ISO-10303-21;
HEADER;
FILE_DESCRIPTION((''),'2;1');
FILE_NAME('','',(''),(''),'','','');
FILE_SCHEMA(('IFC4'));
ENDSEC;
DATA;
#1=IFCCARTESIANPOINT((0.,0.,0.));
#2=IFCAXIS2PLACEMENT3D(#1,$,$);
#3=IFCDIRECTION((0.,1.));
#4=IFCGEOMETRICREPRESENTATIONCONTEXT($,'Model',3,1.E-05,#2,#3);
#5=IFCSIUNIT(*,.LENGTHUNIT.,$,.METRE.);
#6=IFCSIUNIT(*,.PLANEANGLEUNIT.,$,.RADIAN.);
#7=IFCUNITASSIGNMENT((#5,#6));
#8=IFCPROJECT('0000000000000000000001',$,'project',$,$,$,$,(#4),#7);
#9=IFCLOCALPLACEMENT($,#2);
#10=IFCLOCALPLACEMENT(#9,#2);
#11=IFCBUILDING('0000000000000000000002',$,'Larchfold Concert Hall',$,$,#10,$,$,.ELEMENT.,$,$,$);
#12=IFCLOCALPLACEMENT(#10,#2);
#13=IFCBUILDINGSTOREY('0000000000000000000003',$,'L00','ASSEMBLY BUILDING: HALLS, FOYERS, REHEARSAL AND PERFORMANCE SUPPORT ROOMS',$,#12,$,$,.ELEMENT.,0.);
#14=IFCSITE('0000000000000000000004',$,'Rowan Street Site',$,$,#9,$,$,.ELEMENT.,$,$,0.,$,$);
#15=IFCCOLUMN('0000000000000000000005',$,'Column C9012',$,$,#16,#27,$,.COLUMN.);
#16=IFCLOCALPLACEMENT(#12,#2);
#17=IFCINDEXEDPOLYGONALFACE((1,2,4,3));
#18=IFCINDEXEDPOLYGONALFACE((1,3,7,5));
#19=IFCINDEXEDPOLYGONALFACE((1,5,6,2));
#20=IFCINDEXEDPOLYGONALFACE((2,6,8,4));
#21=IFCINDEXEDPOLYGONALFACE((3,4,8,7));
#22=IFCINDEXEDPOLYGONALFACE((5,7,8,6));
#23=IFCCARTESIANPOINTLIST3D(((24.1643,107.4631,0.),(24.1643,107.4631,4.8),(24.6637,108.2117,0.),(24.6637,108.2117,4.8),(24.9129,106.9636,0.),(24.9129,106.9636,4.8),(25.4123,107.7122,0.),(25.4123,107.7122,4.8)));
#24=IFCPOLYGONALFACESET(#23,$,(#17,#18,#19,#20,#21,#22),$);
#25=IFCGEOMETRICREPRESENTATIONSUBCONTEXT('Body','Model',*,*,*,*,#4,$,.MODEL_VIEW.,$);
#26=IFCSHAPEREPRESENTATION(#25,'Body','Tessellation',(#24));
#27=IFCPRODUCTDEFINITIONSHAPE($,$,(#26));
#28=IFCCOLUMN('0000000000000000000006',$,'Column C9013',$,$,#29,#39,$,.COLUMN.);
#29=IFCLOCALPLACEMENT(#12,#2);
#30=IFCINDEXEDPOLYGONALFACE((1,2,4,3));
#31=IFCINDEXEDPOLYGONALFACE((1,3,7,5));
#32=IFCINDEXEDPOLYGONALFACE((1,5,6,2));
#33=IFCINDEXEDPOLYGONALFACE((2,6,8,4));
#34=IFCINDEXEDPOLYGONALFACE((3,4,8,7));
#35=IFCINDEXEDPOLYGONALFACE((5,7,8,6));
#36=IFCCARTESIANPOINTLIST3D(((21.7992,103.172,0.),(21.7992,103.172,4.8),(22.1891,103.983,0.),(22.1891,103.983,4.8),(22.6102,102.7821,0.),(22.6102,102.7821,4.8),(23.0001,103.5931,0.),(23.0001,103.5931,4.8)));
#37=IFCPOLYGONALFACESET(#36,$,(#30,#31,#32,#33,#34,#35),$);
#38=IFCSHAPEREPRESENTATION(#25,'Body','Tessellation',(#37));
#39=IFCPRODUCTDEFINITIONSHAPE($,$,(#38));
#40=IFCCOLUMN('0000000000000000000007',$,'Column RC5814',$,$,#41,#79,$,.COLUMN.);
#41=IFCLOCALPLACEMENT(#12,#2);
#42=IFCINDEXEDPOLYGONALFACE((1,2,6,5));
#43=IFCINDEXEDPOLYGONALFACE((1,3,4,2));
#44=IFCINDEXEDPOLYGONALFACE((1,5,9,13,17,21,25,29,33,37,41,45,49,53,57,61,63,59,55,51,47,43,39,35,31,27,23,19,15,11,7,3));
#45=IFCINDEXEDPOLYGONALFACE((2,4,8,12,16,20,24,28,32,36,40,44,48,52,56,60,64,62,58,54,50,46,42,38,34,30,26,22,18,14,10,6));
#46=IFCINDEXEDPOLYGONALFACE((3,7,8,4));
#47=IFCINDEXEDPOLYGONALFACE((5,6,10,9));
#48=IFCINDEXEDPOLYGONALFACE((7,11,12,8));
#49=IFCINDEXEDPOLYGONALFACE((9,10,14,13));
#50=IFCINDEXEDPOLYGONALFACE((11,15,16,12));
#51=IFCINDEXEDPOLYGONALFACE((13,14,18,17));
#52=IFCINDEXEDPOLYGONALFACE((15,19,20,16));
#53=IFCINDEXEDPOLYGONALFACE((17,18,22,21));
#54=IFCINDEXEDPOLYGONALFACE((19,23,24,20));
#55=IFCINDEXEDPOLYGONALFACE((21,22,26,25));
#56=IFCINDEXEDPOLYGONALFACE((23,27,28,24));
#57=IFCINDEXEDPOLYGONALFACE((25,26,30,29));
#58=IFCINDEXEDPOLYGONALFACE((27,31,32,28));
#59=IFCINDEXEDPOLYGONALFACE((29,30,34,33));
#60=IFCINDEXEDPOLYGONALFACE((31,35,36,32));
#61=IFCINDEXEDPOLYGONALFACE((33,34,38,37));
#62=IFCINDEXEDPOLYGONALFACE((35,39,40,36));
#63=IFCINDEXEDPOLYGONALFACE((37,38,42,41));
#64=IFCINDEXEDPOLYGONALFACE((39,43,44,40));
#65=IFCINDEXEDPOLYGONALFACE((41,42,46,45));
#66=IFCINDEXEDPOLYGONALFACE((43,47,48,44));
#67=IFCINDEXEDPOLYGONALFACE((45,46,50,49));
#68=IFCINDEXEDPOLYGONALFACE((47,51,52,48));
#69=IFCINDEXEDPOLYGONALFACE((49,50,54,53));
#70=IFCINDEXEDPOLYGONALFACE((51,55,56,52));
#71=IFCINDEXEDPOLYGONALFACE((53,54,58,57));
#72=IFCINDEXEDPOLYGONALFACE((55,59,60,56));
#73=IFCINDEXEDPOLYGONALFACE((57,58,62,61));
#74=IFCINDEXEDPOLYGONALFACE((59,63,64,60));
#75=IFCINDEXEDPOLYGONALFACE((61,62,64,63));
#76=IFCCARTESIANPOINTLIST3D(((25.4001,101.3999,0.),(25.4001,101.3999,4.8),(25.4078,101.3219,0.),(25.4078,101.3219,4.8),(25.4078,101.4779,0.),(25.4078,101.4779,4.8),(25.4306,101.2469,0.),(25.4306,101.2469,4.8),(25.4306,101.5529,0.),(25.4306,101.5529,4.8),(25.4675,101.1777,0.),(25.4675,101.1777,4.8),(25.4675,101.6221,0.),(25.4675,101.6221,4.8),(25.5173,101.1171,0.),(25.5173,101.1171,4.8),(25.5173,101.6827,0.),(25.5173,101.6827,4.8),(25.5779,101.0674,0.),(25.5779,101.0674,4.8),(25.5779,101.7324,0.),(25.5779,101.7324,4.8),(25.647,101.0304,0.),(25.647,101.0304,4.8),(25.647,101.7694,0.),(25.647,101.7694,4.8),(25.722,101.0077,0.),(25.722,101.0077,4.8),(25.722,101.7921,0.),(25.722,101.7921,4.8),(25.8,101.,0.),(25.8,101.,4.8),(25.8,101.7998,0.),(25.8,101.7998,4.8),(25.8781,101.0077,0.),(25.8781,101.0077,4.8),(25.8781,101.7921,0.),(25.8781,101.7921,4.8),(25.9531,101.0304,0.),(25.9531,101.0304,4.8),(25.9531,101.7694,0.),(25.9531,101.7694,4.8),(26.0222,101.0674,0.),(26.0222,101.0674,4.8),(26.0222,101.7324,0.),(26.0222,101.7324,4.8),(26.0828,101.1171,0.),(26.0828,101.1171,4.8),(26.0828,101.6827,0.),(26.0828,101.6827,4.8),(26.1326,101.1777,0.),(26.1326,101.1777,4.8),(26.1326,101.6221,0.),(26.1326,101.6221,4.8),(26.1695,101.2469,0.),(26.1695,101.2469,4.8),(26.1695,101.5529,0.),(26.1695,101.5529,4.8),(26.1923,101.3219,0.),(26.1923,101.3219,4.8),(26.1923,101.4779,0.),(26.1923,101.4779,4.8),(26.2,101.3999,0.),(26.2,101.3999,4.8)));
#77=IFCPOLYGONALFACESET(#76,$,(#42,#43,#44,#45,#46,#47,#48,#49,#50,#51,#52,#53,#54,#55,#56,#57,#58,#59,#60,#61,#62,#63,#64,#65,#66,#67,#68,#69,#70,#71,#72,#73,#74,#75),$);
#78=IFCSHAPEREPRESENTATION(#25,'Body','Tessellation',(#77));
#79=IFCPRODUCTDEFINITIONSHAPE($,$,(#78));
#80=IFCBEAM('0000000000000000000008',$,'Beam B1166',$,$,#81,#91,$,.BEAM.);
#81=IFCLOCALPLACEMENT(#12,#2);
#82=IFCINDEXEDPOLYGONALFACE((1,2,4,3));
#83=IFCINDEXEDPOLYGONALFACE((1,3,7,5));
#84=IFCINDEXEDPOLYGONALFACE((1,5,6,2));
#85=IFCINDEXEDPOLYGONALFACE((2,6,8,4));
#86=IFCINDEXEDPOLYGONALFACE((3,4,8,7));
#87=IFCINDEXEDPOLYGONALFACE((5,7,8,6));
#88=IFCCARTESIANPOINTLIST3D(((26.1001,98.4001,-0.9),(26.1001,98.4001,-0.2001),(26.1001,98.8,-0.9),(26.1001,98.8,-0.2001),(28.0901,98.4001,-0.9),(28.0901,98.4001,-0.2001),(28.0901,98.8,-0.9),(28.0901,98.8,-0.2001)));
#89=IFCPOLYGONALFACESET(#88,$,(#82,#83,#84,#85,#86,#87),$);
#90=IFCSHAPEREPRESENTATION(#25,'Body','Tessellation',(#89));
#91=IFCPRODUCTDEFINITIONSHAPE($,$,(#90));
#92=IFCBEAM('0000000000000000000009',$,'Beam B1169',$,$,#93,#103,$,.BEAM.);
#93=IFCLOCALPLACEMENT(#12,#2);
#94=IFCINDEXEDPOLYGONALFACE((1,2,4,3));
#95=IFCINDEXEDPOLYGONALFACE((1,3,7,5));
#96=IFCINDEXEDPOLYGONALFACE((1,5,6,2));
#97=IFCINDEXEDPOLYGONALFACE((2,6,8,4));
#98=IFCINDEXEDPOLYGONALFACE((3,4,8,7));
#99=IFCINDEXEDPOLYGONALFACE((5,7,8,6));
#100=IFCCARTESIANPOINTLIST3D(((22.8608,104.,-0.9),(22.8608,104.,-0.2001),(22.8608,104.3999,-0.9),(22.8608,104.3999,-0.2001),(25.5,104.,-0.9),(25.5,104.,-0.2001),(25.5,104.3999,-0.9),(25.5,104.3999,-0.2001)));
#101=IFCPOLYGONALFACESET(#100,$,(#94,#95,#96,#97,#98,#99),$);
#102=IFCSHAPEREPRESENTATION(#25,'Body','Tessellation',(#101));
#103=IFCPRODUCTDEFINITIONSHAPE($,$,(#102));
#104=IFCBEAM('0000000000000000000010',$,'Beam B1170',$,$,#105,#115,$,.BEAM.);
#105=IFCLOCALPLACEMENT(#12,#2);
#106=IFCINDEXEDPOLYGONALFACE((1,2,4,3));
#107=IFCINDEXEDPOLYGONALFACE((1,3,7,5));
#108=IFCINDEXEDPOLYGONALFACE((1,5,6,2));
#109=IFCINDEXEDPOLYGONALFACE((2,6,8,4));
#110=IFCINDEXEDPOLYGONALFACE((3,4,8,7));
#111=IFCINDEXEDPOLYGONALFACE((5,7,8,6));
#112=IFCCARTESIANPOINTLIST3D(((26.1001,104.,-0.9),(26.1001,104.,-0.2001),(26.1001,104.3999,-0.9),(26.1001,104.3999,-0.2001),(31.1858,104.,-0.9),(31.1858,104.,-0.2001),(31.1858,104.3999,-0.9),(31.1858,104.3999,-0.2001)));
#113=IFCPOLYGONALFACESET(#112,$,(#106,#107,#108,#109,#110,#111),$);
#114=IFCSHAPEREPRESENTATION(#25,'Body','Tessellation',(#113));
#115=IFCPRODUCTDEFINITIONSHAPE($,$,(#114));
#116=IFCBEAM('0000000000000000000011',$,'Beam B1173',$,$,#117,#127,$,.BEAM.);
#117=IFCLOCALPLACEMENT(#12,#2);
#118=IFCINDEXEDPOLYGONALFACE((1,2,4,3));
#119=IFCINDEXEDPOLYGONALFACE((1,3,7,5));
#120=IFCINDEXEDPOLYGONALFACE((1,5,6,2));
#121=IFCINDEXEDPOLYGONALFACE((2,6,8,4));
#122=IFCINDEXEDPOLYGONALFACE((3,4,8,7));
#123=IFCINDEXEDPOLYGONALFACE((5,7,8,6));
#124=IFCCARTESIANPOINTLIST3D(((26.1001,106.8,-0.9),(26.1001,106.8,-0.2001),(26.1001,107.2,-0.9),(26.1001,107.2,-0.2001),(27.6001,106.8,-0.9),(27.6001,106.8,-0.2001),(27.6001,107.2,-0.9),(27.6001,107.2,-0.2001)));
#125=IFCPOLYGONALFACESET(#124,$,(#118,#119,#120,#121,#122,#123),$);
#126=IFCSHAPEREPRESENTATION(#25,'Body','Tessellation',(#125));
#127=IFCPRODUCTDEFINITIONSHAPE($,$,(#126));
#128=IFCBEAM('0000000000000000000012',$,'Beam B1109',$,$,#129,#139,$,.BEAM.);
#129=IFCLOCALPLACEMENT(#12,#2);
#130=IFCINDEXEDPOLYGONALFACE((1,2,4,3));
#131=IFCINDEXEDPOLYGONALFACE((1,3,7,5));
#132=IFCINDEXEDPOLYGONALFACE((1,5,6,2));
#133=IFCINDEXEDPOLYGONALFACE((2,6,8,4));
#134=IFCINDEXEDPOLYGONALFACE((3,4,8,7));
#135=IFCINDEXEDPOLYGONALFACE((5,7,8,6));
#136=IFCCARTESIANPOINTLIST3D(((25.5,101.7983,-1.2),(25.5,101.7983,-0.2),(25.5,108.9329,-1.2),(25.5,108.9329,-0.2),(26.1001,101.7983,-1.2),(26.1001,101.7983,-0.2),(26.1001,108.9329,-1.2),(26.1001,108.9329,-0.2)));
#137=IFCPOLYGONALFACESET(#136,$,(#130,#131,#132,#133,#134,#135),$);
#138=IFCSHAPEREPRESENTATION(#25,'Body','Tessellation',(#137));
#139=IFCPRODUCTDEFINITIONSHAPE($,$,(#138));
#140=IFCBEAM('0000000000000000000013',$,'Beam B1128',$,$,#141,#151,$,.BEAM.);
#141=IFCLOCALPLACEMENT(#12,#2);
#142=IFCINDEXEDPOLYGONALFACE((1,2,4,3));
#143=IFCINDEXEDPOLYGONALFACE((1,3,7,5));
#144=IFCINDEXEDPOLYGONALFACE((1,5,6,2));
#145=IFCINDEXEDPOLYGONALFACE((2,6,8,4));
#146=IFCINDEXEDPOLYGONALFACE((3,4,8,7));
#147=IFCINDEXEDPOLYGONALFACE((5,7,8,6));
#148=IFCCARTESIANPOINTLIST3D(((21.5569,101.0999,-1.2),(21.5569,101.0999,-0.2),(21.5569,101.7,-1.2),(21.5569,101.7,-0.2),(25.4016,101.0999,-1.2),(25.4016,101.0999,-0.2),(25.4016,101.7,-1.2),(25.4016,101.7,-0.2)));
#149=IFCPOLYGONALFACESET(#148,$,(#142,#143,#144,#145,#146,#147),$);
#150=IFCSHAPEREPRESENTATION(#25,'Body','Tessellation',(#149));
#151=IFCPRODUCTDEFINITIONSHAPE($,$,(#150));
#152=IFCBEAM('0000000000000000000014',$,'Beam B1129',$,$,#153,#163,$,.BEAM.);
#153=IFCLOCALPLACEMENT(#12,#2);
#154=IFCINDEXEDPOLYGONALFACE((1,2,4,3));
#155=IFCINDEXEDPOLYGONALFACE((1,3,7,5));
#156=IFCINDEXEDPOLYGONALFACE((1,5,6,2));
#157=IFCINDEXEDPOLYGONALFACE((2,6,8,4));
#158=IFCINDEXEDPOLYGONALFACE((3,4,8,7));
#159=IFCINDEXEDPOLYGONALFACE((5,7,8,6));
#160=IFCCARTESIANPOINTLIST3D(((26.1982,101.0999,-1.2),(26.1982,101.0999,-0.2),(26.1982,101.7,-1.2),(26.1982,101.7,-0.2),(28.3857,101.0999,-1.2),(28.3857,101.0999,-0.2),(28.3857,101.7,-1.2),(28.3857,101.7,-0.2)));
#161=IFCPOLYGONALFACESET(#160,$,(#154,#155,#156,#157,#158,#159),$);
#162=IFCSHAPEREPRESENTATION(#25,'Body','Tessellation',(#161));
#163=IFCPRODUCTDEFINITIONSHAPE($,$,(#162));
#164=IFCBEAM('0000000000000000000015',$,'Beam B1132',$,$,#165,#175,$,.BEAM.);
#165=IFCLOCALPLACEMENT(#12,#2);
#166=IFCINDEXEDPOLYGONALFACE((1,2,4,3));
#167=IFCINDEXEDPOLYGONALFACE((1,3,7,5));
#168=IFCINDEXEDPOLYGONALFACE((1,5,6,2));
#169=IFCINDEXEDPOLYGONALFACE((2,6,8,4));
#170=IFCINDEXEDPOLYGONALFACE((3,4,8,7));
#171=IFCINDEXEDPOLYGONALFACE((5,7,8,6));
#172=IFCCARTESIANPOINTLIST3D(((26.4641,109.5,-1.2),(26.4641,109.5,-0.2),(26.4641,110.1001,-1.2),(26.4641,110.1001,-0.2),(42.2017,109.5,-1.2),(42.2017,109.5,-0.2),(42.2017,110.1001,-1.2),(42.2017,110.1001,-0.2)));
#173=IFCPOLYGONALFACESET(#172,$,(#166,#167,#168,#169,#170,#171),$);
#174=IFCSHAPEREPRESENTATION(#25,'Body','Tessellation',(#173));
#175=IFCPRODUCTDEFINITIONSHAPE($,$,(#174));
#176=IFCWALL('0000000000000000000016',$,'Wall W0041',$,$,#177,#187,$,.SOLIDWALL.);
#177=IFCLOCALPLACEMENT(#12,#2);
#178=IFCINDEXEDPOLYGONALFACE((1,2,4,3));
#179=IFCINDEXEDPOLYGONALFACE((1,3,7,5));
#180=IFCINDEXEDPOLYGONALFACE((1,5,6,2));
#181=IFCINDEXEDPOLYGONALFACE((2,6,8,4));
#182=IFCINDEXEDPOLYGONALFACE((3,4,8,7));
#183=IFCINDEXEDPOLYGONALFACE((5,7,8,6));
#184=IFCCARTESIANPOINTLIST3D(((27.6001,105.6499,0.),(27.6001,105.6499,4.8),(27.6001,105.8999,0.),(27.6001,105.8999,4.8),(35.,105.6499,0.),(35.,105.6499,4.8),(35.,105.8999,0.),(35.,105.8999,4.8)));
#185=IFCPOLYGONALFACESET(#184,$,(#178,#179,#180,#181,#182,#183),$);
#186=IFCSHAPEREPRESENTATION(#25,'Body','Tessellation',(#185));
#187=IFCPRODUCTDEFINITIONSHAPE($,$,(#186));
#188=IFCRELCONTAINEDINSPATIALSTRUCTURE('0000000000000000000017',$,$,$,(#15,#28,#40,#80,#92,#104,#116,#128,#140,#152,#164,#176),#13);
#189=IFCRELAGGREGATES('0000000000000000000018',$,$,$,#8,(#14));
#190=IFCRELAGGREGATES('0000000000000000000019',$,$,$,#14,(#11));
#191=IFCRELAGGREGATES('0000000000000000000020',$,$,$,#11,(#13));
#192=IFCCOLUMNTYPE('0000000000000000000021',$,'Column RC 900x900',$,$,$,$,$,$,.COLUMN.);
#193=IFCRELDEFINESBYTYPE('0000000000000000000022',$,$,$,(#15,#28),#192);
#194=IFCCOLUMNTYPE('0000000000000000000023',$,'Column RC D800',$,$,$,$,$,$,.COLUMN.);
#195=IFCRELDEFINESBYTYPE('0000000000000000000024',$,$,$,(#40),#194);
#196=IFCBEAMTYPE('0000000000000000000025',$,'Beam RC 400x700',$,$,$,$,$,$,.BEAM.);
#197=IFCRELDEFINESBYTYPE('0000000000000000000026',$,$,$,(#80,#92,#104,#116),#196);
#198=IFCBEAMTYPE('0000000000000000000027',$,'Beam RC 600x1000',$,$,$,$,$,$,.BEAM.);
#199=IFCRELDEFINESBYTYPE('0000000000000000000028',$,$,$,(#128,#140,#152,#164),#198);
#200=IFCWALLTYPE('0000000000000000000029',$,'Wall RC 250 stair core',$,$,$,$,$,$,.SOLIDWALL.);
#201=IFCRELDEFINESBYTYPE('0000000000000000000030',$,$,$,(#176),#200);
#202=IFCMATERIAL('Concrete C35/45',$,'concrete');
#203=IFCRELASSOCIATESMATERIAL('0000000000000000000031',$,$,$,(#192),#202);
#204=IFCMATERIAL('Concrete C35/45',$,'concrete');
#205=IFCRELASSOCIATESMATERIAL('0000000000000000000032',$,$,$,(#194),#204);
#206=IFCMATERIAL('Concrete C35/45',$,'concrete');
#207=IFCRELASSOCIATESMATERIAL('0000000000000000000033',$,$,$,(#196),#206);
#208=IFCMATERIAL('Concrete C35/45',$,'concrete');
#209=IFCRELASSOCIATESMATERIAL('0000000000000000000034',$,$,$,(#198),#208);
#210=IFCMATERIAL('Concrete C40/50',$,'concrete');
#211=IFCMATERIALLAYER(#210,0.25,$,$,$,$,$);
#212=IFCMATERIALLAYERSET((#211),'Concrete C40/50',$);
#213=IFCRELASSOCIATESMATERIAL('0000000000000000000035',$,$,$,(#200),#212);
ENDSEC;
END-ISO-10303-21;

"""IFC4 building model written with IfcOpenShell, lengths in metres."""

from ifc_helpers import new_model, si_unit, direction, frame, frame_2d, origin, origin_2d, place, context, subcontext, project, spatial, rectangle, circle, extrude, material, layer, layer_set, material_profile, profile_set, type_object, element, save


model = new_model("IFC4")

# Units and contexts
model_context = context("Model", 3, precision=1e-05, world=origin(), true_north=direction((0.0, 1.0)))
body_context = subcontext(model_context, "Body", "Model", "MODEL_VIEW")
ifc_project = project(units=[si_unit("LENGTHUNIT", "METRE"), si_unit("PLANEANGLEUNIT", "RADIAN")], contexts=[model_context])

# Site, building, storey
site_placement = place(None, origin())
site = spatial("IfcSite", under=ifc_project, at=site_placement, Name="Rowan Street Site", CompositionType="ELEMENT", RefElevation=0.0)
building_placement = place(site_placement, origin())
building = spatial("IfcBuilding", under=site, at=building_placement, Name="Larchfold Concert Hall", CompositionType="ELEMENT")
storey_placement = place(building_placement, origin())
storey = spatial("IfcBuildingStorey", under=building, at=storey_placement, Name="L00", Description="ASSEMBLY BUILDING: HALLS, FOYERS, REHEARSAL AND PERFORMANCE SUPPORT ROOMS", CompositionType="ELEMENT", Elevation=0.0)

# Columns
ifc_material_1 = material(Name="Concrete C35/45", Category="concrete")
ifc_material_profile_1 = material_profile(ifc_material_1, rectangle(XDim=0.8999, YDim=0.8999, at=origin_2d()))
ifc_profile_set_1 = profile_set([ifc_material_profile_1], Name="Concrete C35/45")
column_type_1 = type_object("IfcColumnType", Name="Column RC 900x900", PredefinedType="COLUMN", material=ifc_profile_set_1)
for number, where, z_axis, x_axis, name in (
    (1, (24.7883, 107.5876, 0.0), (0.0, 0.0, 1.0), (0.554978, 0.831865, 0.0), "Column C9012"),
    (2, (22.3997, 103.3826, 0.0), (0.0, 0.0, 1.0), (0.433276, 0.901261, 0.0), "Column C9013"),
):
    element("IfcColumn", number, at=place(storey_placement, frame(where, z_axis=z_axis, x_axis=x_axis)), inside=storey, type_object=column_type_1, Name=name, PredefinedType="COLUMN", context=body_context, shape_type="SweptSolid", body=[
        extrude(rectangle(XDim=0.8999, YDim=0.8999, at=origin_2d()), origin(), (0.0, 0.0, 1.0), 4.8),
    ])
ifc_material_2 = material(Name="Concrete C35/45", Category="concrete")
ifc_material_profile_2 = material_profile(ifc_material_2, circle(Radius=0.3999, at=origin_2d()))
ifc_profile_set_2 = profile_set([ifc_material_profile_2], Name="Concrete C35/45")
column_type_2 = type_object("IfcColumnType", Name="Column RC D800", PredefinedType="COLUMN", material=ifc_profile_set_2)
column_placement = place(storey_placement, frame((25.8, 101.3999, 0.0), z_axis=(0.0, 0.0, 1.0), x_axis=(1.0, 0.0, 0.0)))
element("IfcColumn", 3, at=column_placement, inside=storey, type_object=column_type_2, Name="Column RC5814", PredefinedType="COLUMN", context=body_context, shape_type="SweptSolid", body=[
    extrude(circle(Radius=0.3999, at=origin_2d()), origin(), (0.0, 0.0, 1.0), 4.8),
])

# Beams
ifc_material_3 = material(Name="Concrete C35/45", Category="concrete")
ifc_material_profile_3 = material_profile(ifc_material_3, rectangle(XDim=0.3999, YDim=0.7, at=origin_2d()))
ifc_profile_set_3 = profile_set([ifc_material_profile_3], Name="Concrete C35/45")
beam_type_1 = type_object("IfcBeamType", Name="Beam RC 400x700", PredefinedType="BEAM", material=ifc_profile_set_3)
beam_1_placement = place(storey_placement, frame((26.1001, 98.6001, -0.55), z_axis=(1.0, 0.0, 0.0), x_axis=(0.0, 1.0, 0.0)))
element("IfcBeam", 4, at=beam_1_placement, inside=storey, type_object=beam_type_1, Name="Beam B1166", PredefinedType="BEAM", context=body_context, shape_type="SweptSolid", body=[
    extrude(rectangle(XDim=0.3999, YDim=0.7, at=origin_2d()), origin(), (0.0, 0.0, 1.0), 1.99),
])
beam_2_placement = place(storey_placement, frame((22.8608, 104.2, -0.55), z_axis=(1.0, 0.0, 0.0), x_axis=(0.0, 1.0, 0.0)))
element("IfcBeam", 5, at=beam_2_placement, inside=storey, type_object=beam_type_1, Name="Beam B1169", PredefinedType="BEAM", context=body_context, shape_type="SweptSolid", body=[
    extrude(rectangle(XDim=0.3999, YDim=0.7, at=origin_2d()), origin(), (0.0, 0.0, 1.0), 2.6392),
])
beam_3_placement = place(storey_placement, frame((26.1001, 104.2, -0.55), z_axis=(1.0, 0.0, 0.0), x_axis=(0.0, 1.0, 0.0)))
element("IfcBeam", 6, at=beam_3_placement, inside=storey, type_object=beam_type_1, Name="Beam B1170", PredefinedType="BEAM", context=body_context, shape_type="SweptSolid", body=[
    extrude(rectangle(XDim=0.3999, YDim=0.7, at=origin_2d()), origin(), (0.0, 0.0, 1.0), 5.0857),
])
beam_4_placement = place(storey_placement, frame((26.1001, 107.0, -0.55), z_axis=(1.0, 0.0, 0.0), x_axis=(0.0, 1.0, 0.0)))
element("IfcBeam", 7, at=beam_4_placement, inside=storey, type_object=beam_type_1, Name="Beam B1173", PredefinedType="BEAM", context=body_context, shape_type="SweptSolid", body=[
    extrude(rectangle(XDim=0.3999, YDim=0.7, at=origin_2d()), origin(), (0.0, 0.0, 1.0), 1.5),
])
ifc_material_4 = material(Name="Concrete C35/45", Category="concrete")
ifc_material_profile_4 = material_profile(ifc_material_4, rectangle(XDim=0.6001, YDim=1.0, at=origin_2d()))
ifc_profile_set_4 = profile_set([ifc_material_profile_4], Name="Concrete C35/45")
beam_type_2 = type_object("IfcBeamType", Name="Beam RC 600x1000", PredefinedType="BEAM", material=ifc_profile_set_4)
beam_5_placement = place(storey_placement, frame((25.8, 101.7983, -0.7), z_axis=(0.0, 1.0, 0.0), x_axis=(-1.0, 0.0, 0.0)))
element("IfcBeam", 8, at=beam_5_placement, inside=storey, type_object=beam_type_2, Name="Beam B1109", PredefinedType="BEAM", context=body_context, shape_type="SweptSolid", body=[
    extrude(rectangle(XDim=0.6001, YDim=1.0, at=origin_2d()), origin(), (0.0, 0.0, 1.0), 7.1345),
])
beam_6_placement = place(storey_placement, frame((21.5569, 101.3999, -0.7), z_axis=(1.0, 0.0, 0.0), x_axis=(0.0, 1.0, 0.0)))
element("IfcBeam", 9, at=beam_6_placement, inside=storey, type_object=beam_type_2, Name="Beam B1128", PredefinedType="BEAM", context=body_context, shape_type="SweptSolid", body=[
    extrude(rectangle(XDim=0.6001, YDim=1.0, at=origin_2d()), origin(), (0.0, 0.0, 1.0), 3.8447),
])
beam_7_placement = place(storey_placement, frame((26.1982, 101.3999, -0.7), z_axis=(1.0, 0.0, 0.0), x_axis=(0.0, 1.0, 0.0)))
element("IfcBeam", 10, at=beam_7_placement, inside=storey, type_object=beam_type_2, Name="Beam B1129", PredefinedType="BEAM", context=body_context, shape_type="SweptSolid", body=[
    extrude(rectangle(XDim=0.6001, YDim=1.0, at=origin_2d()), origin(), (0.0, 0.0, 1.0), 2.1875),
])
beam_8_placement = place(storey_placement, frame((26.4641, 109.8, -0.7), z_axis=(1.0, 0.0, 0.0), x_axis=(0.0, 1.0, 0.0)))
element("IfcBeam", 11, at=beam_8_placement, inside=storey, type_object=beam_type_2, Name="Beam B1132", PredefinedType="BEAM", context=body_context, shape_type="SweptSolid", body=[
    extrude(rectangle(XDim=0.6001, YDim=1.0, at=origin_2d()), origin(), (0.0, 0.0, 1.0), 15.7375),
])

# Wall
ifc_material_5 = material(Name="Concrete C40/50", Category="concrete")
ifc_layer_1 = layer(ifc_material_5, 0.25)
ifc_layer_set_1 = layer_set([ifc_layer_1], Name="Concrete C40/50")
wall_type_1 = type_object("IfcWallType", Name="Wall RC 250 stair core", PredefinedType="SOLIDWALL", material=ifc_layer_set_1)
wall_1_placement = place(storey_placement, frame((27.6001, 105.7749, 0.0), z_axis=(0.0, 0.0, 1.0), x_axis=(1.0, 0.0, 0.0)))
element("IfcWall", 12, at=wall_1_placement, inside=storey, type_object=wall_type_1, Name="Wall W0041", PredefinedType="SOLIDWALL", context=body_context, shape_type="SweptSolid", body=[
    extrude(rectangle(XDim=7.3999, YDim=0.25, at=frame_2d((3.7, 0.0))), origin(), (0.0, 0.0, 1.0), 4.8),
])

save(model, "model.ifc")
